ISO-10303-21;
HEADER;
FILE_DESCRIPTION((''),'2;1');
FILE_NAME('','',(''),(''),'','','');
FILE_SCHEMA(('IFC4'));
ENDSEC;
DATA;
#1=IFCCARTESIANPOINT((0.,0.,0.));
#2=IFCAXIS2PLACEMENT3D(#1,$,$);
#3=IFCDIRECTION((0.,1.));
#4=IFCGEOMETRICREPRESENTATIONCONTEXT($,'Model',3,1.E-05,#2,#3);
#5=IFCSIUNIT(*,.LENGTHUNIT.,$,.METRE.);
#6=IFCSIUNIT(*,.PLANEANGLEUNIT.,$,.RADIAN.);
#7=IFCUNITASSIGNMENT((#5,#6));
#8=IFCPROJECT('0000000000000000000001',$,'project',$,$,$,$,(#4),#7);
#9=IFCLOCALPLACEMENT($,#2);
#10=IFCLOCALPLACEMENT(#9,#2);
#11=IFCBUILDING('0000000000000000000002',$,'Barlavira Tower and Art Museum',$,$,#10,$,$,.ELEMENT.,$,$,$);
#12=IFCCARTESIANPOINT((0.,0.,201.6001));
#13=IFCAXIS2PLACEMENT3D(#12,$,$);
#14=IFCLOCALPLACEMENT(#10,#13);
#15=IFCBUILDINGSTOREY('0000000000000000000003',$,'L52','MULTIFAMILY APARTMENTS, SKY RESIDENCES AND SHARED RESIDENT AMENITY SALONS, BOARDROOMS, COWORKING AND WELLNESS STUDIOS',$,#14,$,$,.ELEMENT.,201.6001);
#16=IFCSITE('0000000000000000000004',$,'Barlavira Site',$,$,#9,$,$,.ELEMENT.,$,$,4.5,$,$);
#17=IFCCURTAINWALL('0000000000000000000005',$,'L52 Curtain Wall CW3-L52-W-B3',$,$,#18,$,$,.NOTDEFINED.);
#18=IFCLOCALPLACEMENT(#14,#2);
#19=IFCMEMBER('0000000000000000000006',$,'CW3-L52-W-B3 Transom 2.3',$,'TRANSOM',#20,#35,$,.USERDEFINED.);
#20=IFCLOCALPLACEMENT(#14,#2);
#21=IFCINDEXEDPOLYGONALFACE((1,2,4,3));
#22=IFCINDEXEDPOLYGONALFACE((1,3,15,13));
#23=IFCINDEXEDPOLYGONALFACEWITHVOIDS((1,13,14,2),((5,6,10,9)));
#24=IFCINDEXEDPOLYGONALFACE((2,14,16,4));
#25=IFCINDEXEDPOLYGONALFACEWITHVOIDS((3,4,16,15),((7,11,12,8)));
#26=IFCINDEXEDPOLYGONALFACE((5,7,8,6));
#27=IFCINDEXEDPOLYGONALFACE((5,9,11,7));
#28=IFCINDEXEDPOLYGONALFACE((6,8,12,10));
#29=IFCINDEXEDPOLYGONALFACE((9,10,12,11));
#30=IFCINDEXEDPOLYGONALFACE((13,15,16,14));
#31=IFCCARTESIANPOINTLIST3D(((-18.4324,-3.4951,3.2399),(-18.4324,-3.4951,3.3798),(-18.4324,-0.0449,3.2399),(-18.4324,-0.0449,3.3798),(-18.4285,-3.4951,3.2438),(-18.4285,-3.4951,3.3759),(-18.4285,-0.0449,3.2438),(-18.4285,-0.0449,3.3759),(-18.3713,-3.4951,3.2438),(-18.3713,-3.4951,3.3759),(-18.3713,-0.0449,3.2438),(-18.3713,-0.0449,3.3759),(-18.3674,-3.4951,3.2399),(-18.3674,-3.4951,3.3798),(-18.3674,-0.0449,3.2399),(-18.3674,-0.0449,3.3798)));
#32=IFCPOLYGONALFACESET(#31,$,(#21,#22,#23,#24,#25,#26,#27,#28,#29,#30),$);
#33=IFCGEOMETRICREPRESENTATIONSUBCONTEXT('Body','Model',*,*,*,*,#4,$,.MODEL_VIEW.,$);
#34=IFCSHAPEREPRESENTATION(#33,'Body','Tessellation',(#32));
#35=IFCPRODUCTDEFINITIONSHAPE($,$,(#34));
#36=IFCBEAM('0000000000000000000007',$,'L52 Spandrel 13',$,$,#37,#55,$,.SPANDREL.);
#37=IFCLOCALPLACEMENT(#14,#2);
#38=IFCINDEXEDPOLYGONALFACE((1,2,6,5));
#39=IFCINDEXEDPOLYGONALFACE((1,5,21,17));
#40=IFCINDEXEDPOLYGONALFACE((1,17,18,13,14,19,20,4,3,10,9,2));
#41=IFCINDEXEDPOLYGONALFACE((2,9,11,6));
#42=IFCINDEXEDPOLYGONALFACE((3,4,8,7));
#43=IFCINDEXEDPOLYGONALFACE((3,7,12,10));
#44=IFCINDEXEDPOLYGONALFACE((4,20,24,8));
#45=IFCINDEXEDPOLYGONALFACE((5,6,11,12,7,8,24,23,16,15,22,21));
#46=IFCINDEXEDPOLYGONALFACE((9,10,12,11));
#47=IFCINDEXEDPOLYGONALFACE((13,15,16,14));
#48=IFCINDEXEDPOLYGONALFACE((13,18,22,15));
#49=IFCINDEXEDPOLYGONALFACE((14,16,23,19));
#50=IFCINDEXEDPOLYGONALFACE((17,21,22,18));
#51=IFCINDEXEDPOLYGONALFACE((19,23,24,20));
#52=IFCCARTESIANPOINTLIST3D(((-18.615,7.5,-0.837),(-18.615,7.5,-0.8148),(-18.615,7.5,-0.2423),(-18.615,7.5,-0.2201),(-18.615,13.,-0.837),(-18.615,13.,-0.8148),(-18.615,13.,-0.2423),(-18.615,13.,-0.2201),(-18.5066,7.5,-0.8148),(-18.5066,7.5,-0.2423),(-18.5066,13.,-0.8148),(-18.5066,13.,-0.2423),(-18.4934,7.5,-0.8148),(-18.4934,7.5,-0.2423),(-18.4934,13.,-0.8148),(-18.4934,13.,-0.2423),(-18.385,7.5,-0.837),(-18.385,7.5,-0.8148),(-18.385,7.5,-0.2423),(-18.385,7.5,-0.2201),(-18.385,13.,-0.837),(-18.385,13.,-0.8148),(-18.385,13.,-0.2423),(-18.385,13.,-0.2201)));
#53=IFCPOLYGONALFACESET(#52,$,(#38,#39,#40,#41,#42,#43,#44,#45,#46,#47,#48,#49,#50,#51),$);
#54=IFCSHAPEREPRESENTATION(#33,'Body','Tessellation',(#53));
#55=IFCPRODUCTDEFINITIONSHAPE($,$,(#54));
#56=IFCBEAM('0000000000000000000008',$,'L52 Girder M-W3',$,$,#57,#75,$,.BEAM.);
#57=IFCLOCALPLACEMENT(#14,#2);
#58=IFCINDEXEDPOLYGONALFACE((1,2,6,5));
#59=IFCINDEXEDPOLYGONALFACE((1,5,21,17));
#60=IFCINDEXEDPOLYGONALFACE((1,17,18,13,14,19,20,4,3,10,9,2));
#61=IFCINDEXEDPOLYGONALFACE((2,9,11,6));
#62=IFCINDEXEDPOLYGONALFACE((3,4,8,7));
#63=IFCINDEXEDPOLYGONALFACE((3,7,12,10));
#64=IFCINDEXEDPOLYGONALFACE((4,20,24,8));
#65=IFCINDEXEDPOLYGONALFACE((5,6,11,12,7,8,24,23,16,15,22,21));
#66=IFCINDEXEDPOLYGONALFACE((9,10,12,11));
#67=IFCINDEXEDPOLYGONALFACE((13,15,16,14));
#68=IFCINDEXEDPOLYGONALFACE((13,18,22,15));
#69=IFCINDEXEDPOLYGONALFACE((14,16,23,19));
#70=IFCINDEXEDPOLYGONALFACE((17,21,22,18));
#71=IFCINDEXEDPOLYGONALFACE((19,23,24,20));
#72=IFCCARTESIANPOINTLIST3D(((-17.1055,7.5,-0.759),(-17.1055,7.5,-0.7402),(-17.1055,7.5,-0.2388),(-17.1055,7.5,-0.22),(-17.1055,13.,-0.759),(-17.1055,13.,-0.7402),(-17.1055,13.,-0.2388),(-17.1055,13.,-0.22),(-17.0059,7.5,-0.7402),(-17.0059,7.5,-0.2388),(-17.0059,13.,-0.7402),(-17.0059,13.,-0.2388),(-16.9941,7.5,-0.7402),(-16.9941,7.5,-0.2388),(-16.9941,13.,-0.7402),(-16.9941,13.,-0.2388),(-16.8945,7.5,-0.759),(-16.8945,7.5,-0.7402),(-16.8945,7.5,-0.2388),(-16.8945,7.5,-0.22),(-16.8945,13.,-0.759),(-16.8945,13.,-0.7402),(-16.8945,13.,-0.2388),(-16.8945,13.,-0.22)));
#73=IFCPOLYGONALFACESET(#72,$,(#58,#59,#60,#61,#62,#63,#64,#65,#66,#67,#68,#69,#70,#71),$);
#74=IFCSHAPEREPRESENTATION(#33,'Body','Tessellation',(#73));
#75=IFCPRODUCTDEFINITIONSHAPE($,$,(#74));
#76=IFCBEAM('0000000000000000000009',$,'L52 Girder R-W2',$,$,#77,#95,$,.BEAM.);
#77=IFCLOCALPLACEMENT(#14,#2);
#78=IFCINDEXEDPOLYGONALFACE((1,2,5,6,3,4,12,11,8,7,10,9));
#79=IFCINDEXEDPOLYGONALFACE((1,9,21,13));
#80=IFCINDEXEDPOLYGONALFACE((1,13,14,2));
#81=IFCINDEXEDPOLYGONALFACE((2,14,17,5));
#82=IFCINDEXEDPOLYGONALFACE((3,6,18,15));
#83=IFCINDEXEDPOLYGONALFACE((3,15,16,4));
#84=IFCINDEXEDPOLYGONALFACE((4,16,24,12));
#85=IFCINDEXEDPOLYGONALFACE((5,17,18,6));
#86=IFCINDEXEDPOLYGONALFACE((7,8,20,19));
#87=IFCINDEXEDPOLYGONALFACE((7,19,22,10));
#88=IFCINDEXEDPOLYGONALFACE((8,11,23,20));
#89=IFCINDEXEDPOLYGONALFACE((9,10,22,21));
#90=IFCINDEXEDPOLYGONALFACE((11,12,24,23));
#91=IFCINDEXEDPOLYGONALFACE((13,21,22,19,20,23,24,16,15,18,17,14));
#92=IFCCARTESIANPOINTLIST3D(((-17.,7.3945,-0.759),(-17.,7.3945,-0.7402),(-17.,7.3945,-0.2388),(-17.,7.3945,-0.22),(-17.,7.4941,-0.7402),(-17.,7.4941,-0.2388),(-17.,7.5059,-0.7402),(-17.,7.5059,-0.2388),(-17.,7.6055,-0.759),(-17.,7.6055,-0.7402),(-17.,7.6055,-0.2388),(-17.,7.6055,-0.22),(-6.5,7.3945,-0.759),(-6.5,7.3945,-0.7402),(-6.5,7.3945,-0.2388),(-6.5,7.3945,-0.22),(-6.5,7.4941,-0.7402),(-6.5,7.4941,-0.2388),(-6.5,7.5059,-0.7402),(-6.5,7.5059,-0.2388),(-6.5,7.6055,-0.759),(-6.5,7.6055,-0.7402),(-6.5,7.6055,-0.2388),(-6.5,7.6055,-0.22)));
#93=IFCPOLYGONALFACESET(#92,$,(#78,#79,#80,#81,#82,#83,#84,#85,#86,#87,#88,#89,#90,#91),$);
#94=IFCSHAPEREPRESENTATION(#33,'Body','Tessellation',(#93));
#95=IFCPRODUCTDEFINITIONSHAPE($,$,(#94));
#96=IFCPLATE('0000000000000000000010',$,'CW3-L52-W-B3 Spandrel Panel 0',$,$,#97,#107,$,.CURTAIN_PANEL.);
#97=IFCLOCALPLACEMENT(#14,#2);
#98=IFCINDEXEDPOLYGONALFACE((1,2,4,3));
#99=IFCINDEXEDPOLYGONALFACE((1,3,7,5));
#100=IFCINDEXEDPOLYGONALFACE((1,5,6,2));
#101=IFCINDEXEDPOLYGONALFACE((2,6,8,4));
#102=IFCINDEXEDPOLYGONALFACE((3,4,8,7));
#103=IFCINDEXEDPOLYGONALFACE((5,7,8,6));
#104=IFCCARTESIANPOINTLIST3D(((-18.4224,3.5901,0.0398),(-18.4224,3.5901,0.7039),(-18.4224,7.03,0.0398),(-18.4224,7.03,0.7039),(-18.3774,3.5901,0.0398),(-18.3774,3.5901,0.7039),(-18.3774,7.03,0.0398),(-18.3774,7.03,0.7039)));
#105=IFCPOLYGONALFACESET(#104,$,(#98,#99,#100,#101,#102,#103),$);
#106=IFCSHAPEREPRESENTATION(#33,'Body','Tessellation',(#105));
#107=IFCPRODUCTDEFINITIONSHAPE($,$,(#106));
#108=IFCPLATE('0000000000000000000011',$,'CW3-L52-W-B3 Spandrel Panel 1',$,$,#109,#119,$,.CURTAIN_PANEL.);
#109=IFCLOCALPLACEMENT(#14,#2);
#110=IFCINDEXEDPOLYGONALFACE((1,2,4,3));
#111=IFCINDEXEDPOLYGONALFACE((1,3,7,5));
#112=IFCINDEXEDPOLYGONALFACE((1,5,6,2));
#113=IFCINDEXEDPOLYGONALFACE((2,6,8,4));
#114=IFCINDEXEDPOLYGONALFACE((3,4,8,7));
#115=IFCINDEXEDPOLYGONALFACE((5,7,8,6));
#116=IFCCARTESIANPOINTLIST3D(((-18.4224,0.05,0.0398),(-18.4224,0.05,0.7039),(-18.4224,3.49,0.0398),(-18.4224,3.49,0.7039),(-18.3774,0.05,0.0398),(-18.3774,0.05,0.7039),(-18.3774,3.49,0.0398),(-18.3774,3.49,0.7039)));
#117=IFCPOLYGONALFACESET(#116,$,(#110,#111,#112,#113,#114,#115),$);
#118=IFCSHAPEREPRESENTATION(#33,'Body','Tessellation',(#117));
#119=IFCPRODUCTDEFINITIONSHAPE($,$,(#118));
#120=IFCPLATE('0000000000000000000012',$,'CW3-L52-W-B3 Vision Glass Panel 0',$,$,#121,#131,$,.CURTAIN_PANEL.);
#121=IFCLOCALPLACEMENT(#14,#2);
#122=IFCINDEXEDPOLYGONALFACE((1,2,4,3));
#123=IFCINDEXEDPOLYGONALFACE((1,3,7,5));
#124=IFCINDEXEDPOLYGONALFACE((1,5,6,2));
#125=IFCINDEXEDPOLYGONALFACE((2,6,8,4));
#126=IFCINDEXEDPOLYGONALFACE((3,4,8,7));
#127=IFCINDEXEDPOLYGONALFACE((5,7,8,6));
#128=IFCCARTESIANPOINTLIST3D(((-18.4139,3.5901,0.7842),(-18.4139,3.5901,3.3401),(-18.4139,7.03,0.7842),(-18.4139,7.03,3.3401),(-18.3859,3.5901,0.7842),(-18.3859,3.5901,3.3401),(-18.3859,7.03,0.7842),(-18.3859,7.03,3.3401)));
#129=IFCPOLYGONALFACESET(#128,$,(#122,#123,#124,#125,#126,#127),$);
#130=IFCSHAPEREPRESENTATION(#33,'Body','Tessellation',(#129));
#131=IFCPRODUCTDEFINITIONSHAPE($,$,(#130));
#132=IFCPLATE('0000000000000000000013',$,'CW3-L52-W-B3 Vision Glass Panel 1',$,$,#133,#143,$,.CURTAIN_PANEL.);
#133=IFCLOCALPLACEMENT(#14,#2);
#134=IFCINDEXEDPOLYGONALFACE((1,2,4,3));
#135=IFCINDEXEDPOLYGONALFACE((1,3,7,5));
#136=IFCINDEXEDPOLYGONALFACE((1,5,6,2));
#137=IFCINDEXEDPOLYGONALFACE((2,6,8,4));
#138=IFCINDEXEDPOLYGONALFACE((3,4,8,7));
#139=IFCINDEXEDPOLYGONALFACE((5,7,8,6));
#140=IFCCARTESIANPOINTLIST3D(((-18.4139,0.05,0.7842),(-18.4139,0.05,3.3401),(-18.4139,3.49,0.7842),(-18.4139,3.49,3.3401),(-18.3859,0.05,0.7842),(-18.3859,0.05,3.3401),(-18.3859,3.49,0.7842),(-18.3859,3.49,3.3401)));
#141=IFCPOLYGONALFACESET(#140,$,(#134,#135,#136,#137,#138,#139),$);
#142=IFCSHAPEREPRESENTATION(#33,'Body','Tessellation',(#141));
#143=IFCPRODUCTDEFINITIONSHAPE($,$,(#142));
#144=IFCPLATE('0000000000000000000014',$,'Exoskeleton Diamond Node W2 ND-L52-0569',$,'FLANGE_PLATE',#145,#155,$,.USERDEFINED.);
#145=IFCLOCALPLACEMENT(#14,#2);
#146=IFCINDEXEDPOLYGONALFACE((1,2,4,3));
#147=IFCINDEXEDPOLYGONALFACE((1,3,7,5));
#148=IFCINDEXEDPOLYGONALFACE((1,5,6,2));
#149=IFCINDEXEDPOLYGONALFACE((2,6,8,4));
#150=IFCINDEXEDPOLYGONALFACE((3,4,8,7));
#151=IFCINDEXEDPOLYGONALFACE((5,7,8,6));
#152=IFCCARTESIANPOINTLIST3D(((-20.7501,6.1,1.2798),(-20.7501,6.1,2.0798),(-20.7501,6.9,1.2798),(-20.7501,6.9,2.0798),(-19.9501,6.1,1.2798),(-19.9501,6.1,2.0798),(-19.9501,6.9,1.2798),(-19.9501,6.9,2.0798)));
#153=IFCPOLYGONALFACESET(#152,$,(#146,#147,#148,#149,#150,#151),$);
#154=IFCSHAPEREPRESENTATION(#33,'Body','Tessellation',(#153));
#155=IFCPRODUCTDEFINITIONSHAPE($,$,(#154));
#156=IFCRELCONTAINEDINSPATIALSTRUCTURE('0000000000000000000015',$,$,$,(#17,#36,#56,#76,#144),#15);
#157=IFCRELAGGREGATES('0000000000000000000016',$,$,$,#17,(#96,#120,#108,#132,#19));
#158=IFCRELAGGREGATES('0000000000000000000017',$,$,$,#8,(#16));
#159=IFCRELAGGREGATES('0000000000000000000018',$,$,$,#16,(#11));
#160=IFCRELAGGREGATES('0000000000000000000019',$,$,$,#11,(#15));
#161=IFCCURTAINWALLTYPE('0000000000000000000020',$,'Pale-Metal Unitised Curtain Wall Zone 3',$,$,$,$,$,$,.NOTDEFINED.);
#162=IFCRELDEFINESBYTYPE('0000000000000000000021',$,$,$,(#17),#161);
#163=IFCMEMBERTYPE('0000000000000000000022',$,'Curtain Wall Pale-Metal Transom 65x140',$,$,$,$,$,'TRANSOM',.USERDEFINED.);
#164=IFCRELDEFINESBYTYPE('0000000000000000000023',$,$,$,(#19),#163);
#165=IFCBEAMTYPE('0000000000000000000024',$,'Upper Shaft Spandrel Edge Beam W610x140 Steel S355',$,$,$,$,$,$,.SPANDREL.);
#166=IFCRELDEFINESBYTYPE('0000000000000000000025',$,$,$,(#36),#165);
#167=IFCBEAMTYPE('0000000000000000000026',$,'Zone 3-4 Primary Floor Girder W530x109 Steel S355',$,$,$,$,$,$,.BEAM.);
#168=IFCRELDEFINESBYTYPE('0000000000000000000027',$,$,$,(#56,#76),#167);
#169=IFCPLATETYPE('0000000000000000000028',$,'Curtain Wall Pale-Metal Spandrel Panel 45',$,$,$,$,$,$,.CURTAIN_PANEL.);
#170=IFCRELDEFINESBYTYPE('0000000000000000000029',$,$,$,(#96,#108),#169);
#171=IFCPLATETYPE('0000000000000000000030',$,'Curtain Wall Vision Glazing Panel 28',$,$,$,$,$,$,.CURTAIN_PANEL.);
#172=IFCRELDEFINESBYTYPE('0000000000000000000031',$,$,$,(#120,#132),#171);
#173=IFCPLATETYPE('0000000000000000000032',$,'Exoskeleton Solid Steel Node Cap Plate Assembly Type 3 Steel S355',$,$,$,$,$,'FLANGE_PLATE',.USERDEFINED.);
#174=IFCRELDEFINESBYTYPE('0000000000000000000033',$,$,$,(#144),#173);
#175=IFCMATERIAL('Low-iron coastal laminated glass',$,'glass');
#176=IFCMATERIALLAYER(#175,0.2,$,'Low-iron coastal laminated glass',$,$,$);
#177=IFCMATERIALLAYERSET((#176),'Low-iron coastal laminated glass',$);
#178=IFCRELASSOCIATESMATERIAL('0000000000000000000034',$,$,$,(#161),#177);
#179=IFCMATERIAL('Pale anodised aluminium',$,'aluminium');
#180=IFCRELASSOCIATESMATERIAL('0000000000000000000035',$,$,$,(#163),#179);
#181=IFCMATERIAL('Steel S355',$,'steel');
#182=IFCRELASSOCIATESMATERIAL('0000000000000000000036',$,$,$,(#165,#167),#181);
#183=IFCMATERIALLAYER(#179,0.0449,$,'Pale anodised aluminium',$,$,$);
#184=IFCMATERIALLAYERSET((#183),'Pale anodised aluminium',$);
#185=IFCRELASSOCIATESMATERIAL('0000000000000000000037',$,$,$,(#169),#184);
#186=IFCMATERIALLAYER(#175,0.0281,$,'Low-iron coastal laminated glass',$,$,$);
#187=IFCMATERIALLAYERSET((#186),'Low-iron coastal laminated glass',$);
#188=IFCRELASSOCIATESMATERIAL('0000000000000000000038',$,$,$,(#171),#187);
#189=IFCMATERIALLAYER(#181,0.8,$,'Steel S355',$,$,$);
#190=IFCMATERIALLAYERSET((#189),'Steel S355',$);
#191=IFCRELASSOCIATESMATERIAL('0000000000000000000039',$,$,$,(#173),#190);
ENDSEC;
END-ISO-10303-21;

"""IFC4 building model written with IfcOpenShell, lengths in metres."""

from ifc_helpers import new_model, si_unit, direction, frame, origin, origin_2d, place, context, subcontext, project, spatial, rectangle, hollow_rectangle, i_section, extrude, material, layer, layer_set, material_profile, profile_set, type_object, element, aggregate, save


model = new_model("IFC4")

# Units and contexts
model_context = context("Model", 3, precision=1e-05, world=origin(), true_north=direction((0.0, 1.0)))
body_context = subcontext(model_context, "Body", "Model", "MODEL_VIEW")
ifc_project = project(units=[si_unit("LENGTHUNIT", "METRE"), si_unit("PLANEANGLEUNIT", "RADIAN")], contexts=[model_context])

# Site, building, storey
site_placement = place(None, origin())
site = spatial("IfcSite", under=ifc_project, at=site_placement, Name="Barlavira Site", CompositionType="ELEMENT", RefElevation=4.5)
building_placement = place(site_placement, origin())
building = spatial("IfcBuilding", under=site, at=building_placement, Name="Barlavira Tower and Art Museum", CompositionType="ELEMENT")
storey_placement = place(building_placement, frame((0.0, 0.0, 201.6001)))
storey = spatial("IfcBuildingStorey", under=building, at=storey_placement, Name="L52", Description="MULTIFAMILY APARTMENTS, SKY RESIDENCES AND SHARED RESIDENT AMENITY SALONS, BOARDROOMS, COWORKING AND WELLNESS STUDIOS", CompositionType="ELEMENT", Elevation=201.6001)

# Curtain wall, member
ifc_material_1 = material(Name="Low-iron coastal laminated glass", Category="glass")
ifc_layer_1 = layer(ifc_material_1, 0.2, Name="Low-iron coastal laminated glass")
ifc_layer_set_1 = layer_set([ifc_layer_1], Name="Low-iron coastal laminated glass")
curtain_wall_type = type_object("IfcCurtainWallType", Name="Pale-Metal Unitised Curtain Wall Zone 3", PredefinedType="NOTDEFINED", material=ifc_layer_set_1)
curtain_wall_placement = place(storey_placement, origin())
curtain_wall = element("IfcCurtainWall", 1, at=curtain_wall_placement, inside=storey, type_object=curtain_wall_type, Name="L52 Curtain Wall CW3-L52-W-B3", PredefinedType="NOTDEFINED")
ifc_material_2 = material(Name="Pale anodised aluminium", Category="aluminium")
ifc_material_profile_1 = material_profile(ifc_material_2, hollow_rectangle(XDim=0.0649, YDim=0.1399, WallThickness=0.0039, at=origin_2d()), Name="ALU-TRAN 65x140x4")
ifc_profile_set_1 = profile_set([ifc_material_profile_1], Name="Pale anodised aluminium")
member_type_1 = type_object("IfcMemberType", Name="Curtain Wall Pale-Metal Transom 65x140", ElementType="TRANSOM", PredefinedType="USERDEFINED", material=ifc_profile_set_1)
member_1_placement = place(storey_placement, frame((-18.3999, -0.0449, 3.3098), z_axis=(0.0, -1.0, 0.0), x_axis=(1.0, 0.0, 0.0)))
member_1 = element("IfcMember", 2, at=member_1_placement, type_object=member_type_1, Name="CW3-L52-W-B3 Transom 2.3", ObjectType="TRANSOM", PredefinedType="USERDEFINED", context=body_context, shape_type="SweptSolid", body=[
    extrude(hollow_rectangle(XDim=0.0649, YDim=0.1399, WallThickness=0.0039, at=origin_2d()), origin(), (0.0, 0.0, 1.0), 3.4502),
])

# Beams
ifc_material_3 = material(Name="Steel S355", Category="steel")
ifc_material_profile_2 = material_profile(ifc_material_3, i_section(OverallWidth=0.23, OverallDepth=0.6169, WebThickness=0.0132, FlangeThickness=0.0222, at=origin_2d()), Name="W610x140.0")
ifc_profile_set_2 = profile_set([ifc_material_profile_2], Name="Steel S355")
beam_type_1 = type_object("IfcBeamType", Name="Upper Shaft Spandrel Edge Beam W610x140 Steel S355", PredefinedType="SPANDREL", material=ifc_profile_set_2)
beam_1_placement = place(storey_placement, frame((-18.5, 7.5, -0.5286), z_axis=(0.0, 1.0, 0.0), x_axis=(-1.0, 0.0, 0.0)))
element("IfcBeam", 3, at=beam_1_placement, inside=storey, type_object=beam_type_1, Name="L52 Spandrel 13", PredefinedType="SPANDREL", context=body_context, shape_type="SweptSolid", body=[
    extrude(i_section(OverallWidth=0.23, OverallDepth=0.6169, WebThickness=0.0132, FlangeThickness=0.0222, at=origin_2d()), origin(), (0.0, 0.0, 1.0), 5.5),
])
ifc_material_profile_3 = material_profile(ifc_material_3, i_section(OverallWidth=0.2109, OverallDepth=0.5391, WebThickness=0.0117, FlangeThickness=0.0188, at=origin_2d()), Name="W530x109.0")
ifc_profile_set_3 = profile_set([ifc_material_profile_3], Name="Steel S355")
beam_type_2 = type_object("IfcBeamType", Name="Zone 3-4 Primary Floor Girder W530x109 Steel S355", PredefinedType="BEAM", material=ifc_profile_set_3)
beam_2_placement = place(storey_placement, frame((-17.0, 7.5, -0.4895), z_axis=(0.0, 1.0, 0.0), x_axis=(-1.0, 0.0, 0.0)))
element("IfcBeam", 4, at=beam_2_placement, inside=storey, type_object=beam_type_2, Name="L52 Girder M-W3", PredefinedType="BEAM", context=body_context, shape_type="SweptSolid", body=[
    extrude(i_section(OverallWidth=0.2109, OverallDepth=0.5391, WebThickness=0.0117, FlangeThickness=0.0188, at=origin_2d()), origin(), (0.0, 0.0, 1.0), 5.5),
])
beam_3_placement = place(storey_placement, frame((-17.0, 7.5, -0.4895), z_axis=(1.0, 0.0, 0.0), x_axis=(0.0, 1.0, 0.0)))
element("IfcBeam", 5, at=beam_3_placement, inside=storey, type_object=beam_type_2, Name="L52 Girder R-W2", PredefinedType="BEAM", context=body_context, shape_type="SweptSolid", body=[
    extrude(i_section(OverallWidth=0.2109, OverallDepth=0.5391, WebThickness=0.0117, FlangeThickness=0.0188, at=origin_2d()), origin(), (0.0, 0.0, 1.0), 10.5),
])

# Plates
ifc_layer_2 = layer(ifc_material_2, 0.0449, Name="Pale anodised aluminium")
ifc_layer_set_2 = layer_set([ifc_layer_2], Name="Pale anodised aluminium")
plate_type_1 = type_object("IfcPlateType", Name="Curtain Wall Pale-Metal Spandrel Panel 45", PredefinedType="CURTAIN_PANEL", material=ifc_layer_set_2)
plate_1_placement = place(storey_placement, frame((-18.3999, 5.3101, 0.0398), z_axis=(0.0, 0.0, 1.0), x_axis=(0.0, -1.0, 0.0)))
plate_1 = element("IfcPlate", 6, at=plate_1_placement, type_object=plate_type_1, Name="CW3-L52-W-B3 Spandrel Panel 0", PredefinedType="CURTAIN_PANEL", context=body_context, shape_type="SweptSolid", body=[
    extrude(rectangle(XDim=3.4399, YDim=0.0449, at=origin_2d()), origin(), (0.0, 0.0, 1.0), 0.6641),
])
plate_2_placement = place(storey_placement, frame((-18.3999, 1.77, 0.0398), z_axis=(0.0, 0.0, 1.0), x_axis=(0.0, -1.0, 0.0)))
plate_2 = element("IfcPlate", 7, at=plate_2_placement, type_object=plate_type_1, Name="CW3-L52-W-B3 Spandrel Panel 1", PredefinedType="CURTAIN_PANEL", context=body_context, shape_type="SweptSolid", body=[
    extrude(rectangle(XDim=3.4399, YDim=0.0449, at=origin_2d()), origin(), (0.0, 0.0, 1.0), 0.6641),
])
ifc_layer_3 = layer(ifc_material_1, 0.0281, Name="Low-iron coastal laminated glass")
ifc_layer_set_3 = layer_set([ifc_layer_3], Name="Low-iron coastal laminated glass")
plate_type_2 = type_object("IfcPlateType", Name="Curtain Wall Vision Glazing Panel 28", PredefinedType="CURTAIN_PANEL", material=ifc_layer_set_3)
plate_3_placement = place(storey_placement, frame((-18.3999, 5.3101, 0.7842), z_axis=(0.0, 0.0, 1.0), x_axis=(0.0, -1.0, 0.0)))
plate_3 = element("IfcPlate", 8, at=plate_3_placement, type_object=plate_type_2, Name="CW3-L52-W-B3 Vision Glass Panel 0", PredefinedType="CURTAIN_PANEL", context=body_context, shape_type="SweptSolid", body=[
    extrude(rectangle(XDim=3.4399, YDim=0.0281, at=origin_2d()), origin(), (0.0, 0.0, 1.0), 2.5559),
])
plate_4_placement = place(storey_placement, frame((-18.3999, 1.77, 0.7842), z_axis=(0.0, 0.0, 1.0), x_axis=(0.0, -1.0, 0.0)))
plate_4 = element("IfcPlate", 9, at=plate_4_placement, type_object=plate_type_2, Name="CW3-L52-W-B3 Vision Glass Panel 1", PredefinedType="CURTAIN_PANEL", context=body_context, shape_type="SweptSolid", body=[
    extrude(rectangle(XDim=3.4399, YDim=0.0281, at=origin_2d()), origin(), (0.0, 0.0, 1.0), 2.5559),
])
aggregate(curtain_wall, [plate_1, plate_3, plate_2, plate_4, member_1])
ifc_layer_4 = layer(ifc_material_3, 0.8, Name="Steel S355")
ifc_layer_set_4 = layer_set([ifc_layer_4], Name="Steel S355")
plate_type_3 = type_object("IfcPlateType", Name="Exoskeleton Solid Steel Node Cap Plate Assembly Type 3 Steel S355", ElementType="FLANGE_PLATE", PredefinedType="USERDEFINED", material=ifc_layer_set_4)
plate_5_placement = place(storey_placement, frame((-20.3501, 6.5, 1.2798), z_axis=(0.0, 0.0, 1.0), x_axis=(1.0, 0.0, 0.0)))
element("IfcPlate", 10, at=plate_5_placement, inside=storey, type_object=plate_type_3, Name="Exoskeleton Diamond Node W2 ND-L52-0569", ObjectType="FLANGE_PLATE", PredefinedType="USERDEFINED", context=body_context, shape_type="SweptSolid", body=[
    extrude(rectangle(XDim=0.8, YDim=0.8, at=origin_2d()), origin(), (0.0, 0.0, 1.0), 0.8),
])

save(model, "model.ifc")
